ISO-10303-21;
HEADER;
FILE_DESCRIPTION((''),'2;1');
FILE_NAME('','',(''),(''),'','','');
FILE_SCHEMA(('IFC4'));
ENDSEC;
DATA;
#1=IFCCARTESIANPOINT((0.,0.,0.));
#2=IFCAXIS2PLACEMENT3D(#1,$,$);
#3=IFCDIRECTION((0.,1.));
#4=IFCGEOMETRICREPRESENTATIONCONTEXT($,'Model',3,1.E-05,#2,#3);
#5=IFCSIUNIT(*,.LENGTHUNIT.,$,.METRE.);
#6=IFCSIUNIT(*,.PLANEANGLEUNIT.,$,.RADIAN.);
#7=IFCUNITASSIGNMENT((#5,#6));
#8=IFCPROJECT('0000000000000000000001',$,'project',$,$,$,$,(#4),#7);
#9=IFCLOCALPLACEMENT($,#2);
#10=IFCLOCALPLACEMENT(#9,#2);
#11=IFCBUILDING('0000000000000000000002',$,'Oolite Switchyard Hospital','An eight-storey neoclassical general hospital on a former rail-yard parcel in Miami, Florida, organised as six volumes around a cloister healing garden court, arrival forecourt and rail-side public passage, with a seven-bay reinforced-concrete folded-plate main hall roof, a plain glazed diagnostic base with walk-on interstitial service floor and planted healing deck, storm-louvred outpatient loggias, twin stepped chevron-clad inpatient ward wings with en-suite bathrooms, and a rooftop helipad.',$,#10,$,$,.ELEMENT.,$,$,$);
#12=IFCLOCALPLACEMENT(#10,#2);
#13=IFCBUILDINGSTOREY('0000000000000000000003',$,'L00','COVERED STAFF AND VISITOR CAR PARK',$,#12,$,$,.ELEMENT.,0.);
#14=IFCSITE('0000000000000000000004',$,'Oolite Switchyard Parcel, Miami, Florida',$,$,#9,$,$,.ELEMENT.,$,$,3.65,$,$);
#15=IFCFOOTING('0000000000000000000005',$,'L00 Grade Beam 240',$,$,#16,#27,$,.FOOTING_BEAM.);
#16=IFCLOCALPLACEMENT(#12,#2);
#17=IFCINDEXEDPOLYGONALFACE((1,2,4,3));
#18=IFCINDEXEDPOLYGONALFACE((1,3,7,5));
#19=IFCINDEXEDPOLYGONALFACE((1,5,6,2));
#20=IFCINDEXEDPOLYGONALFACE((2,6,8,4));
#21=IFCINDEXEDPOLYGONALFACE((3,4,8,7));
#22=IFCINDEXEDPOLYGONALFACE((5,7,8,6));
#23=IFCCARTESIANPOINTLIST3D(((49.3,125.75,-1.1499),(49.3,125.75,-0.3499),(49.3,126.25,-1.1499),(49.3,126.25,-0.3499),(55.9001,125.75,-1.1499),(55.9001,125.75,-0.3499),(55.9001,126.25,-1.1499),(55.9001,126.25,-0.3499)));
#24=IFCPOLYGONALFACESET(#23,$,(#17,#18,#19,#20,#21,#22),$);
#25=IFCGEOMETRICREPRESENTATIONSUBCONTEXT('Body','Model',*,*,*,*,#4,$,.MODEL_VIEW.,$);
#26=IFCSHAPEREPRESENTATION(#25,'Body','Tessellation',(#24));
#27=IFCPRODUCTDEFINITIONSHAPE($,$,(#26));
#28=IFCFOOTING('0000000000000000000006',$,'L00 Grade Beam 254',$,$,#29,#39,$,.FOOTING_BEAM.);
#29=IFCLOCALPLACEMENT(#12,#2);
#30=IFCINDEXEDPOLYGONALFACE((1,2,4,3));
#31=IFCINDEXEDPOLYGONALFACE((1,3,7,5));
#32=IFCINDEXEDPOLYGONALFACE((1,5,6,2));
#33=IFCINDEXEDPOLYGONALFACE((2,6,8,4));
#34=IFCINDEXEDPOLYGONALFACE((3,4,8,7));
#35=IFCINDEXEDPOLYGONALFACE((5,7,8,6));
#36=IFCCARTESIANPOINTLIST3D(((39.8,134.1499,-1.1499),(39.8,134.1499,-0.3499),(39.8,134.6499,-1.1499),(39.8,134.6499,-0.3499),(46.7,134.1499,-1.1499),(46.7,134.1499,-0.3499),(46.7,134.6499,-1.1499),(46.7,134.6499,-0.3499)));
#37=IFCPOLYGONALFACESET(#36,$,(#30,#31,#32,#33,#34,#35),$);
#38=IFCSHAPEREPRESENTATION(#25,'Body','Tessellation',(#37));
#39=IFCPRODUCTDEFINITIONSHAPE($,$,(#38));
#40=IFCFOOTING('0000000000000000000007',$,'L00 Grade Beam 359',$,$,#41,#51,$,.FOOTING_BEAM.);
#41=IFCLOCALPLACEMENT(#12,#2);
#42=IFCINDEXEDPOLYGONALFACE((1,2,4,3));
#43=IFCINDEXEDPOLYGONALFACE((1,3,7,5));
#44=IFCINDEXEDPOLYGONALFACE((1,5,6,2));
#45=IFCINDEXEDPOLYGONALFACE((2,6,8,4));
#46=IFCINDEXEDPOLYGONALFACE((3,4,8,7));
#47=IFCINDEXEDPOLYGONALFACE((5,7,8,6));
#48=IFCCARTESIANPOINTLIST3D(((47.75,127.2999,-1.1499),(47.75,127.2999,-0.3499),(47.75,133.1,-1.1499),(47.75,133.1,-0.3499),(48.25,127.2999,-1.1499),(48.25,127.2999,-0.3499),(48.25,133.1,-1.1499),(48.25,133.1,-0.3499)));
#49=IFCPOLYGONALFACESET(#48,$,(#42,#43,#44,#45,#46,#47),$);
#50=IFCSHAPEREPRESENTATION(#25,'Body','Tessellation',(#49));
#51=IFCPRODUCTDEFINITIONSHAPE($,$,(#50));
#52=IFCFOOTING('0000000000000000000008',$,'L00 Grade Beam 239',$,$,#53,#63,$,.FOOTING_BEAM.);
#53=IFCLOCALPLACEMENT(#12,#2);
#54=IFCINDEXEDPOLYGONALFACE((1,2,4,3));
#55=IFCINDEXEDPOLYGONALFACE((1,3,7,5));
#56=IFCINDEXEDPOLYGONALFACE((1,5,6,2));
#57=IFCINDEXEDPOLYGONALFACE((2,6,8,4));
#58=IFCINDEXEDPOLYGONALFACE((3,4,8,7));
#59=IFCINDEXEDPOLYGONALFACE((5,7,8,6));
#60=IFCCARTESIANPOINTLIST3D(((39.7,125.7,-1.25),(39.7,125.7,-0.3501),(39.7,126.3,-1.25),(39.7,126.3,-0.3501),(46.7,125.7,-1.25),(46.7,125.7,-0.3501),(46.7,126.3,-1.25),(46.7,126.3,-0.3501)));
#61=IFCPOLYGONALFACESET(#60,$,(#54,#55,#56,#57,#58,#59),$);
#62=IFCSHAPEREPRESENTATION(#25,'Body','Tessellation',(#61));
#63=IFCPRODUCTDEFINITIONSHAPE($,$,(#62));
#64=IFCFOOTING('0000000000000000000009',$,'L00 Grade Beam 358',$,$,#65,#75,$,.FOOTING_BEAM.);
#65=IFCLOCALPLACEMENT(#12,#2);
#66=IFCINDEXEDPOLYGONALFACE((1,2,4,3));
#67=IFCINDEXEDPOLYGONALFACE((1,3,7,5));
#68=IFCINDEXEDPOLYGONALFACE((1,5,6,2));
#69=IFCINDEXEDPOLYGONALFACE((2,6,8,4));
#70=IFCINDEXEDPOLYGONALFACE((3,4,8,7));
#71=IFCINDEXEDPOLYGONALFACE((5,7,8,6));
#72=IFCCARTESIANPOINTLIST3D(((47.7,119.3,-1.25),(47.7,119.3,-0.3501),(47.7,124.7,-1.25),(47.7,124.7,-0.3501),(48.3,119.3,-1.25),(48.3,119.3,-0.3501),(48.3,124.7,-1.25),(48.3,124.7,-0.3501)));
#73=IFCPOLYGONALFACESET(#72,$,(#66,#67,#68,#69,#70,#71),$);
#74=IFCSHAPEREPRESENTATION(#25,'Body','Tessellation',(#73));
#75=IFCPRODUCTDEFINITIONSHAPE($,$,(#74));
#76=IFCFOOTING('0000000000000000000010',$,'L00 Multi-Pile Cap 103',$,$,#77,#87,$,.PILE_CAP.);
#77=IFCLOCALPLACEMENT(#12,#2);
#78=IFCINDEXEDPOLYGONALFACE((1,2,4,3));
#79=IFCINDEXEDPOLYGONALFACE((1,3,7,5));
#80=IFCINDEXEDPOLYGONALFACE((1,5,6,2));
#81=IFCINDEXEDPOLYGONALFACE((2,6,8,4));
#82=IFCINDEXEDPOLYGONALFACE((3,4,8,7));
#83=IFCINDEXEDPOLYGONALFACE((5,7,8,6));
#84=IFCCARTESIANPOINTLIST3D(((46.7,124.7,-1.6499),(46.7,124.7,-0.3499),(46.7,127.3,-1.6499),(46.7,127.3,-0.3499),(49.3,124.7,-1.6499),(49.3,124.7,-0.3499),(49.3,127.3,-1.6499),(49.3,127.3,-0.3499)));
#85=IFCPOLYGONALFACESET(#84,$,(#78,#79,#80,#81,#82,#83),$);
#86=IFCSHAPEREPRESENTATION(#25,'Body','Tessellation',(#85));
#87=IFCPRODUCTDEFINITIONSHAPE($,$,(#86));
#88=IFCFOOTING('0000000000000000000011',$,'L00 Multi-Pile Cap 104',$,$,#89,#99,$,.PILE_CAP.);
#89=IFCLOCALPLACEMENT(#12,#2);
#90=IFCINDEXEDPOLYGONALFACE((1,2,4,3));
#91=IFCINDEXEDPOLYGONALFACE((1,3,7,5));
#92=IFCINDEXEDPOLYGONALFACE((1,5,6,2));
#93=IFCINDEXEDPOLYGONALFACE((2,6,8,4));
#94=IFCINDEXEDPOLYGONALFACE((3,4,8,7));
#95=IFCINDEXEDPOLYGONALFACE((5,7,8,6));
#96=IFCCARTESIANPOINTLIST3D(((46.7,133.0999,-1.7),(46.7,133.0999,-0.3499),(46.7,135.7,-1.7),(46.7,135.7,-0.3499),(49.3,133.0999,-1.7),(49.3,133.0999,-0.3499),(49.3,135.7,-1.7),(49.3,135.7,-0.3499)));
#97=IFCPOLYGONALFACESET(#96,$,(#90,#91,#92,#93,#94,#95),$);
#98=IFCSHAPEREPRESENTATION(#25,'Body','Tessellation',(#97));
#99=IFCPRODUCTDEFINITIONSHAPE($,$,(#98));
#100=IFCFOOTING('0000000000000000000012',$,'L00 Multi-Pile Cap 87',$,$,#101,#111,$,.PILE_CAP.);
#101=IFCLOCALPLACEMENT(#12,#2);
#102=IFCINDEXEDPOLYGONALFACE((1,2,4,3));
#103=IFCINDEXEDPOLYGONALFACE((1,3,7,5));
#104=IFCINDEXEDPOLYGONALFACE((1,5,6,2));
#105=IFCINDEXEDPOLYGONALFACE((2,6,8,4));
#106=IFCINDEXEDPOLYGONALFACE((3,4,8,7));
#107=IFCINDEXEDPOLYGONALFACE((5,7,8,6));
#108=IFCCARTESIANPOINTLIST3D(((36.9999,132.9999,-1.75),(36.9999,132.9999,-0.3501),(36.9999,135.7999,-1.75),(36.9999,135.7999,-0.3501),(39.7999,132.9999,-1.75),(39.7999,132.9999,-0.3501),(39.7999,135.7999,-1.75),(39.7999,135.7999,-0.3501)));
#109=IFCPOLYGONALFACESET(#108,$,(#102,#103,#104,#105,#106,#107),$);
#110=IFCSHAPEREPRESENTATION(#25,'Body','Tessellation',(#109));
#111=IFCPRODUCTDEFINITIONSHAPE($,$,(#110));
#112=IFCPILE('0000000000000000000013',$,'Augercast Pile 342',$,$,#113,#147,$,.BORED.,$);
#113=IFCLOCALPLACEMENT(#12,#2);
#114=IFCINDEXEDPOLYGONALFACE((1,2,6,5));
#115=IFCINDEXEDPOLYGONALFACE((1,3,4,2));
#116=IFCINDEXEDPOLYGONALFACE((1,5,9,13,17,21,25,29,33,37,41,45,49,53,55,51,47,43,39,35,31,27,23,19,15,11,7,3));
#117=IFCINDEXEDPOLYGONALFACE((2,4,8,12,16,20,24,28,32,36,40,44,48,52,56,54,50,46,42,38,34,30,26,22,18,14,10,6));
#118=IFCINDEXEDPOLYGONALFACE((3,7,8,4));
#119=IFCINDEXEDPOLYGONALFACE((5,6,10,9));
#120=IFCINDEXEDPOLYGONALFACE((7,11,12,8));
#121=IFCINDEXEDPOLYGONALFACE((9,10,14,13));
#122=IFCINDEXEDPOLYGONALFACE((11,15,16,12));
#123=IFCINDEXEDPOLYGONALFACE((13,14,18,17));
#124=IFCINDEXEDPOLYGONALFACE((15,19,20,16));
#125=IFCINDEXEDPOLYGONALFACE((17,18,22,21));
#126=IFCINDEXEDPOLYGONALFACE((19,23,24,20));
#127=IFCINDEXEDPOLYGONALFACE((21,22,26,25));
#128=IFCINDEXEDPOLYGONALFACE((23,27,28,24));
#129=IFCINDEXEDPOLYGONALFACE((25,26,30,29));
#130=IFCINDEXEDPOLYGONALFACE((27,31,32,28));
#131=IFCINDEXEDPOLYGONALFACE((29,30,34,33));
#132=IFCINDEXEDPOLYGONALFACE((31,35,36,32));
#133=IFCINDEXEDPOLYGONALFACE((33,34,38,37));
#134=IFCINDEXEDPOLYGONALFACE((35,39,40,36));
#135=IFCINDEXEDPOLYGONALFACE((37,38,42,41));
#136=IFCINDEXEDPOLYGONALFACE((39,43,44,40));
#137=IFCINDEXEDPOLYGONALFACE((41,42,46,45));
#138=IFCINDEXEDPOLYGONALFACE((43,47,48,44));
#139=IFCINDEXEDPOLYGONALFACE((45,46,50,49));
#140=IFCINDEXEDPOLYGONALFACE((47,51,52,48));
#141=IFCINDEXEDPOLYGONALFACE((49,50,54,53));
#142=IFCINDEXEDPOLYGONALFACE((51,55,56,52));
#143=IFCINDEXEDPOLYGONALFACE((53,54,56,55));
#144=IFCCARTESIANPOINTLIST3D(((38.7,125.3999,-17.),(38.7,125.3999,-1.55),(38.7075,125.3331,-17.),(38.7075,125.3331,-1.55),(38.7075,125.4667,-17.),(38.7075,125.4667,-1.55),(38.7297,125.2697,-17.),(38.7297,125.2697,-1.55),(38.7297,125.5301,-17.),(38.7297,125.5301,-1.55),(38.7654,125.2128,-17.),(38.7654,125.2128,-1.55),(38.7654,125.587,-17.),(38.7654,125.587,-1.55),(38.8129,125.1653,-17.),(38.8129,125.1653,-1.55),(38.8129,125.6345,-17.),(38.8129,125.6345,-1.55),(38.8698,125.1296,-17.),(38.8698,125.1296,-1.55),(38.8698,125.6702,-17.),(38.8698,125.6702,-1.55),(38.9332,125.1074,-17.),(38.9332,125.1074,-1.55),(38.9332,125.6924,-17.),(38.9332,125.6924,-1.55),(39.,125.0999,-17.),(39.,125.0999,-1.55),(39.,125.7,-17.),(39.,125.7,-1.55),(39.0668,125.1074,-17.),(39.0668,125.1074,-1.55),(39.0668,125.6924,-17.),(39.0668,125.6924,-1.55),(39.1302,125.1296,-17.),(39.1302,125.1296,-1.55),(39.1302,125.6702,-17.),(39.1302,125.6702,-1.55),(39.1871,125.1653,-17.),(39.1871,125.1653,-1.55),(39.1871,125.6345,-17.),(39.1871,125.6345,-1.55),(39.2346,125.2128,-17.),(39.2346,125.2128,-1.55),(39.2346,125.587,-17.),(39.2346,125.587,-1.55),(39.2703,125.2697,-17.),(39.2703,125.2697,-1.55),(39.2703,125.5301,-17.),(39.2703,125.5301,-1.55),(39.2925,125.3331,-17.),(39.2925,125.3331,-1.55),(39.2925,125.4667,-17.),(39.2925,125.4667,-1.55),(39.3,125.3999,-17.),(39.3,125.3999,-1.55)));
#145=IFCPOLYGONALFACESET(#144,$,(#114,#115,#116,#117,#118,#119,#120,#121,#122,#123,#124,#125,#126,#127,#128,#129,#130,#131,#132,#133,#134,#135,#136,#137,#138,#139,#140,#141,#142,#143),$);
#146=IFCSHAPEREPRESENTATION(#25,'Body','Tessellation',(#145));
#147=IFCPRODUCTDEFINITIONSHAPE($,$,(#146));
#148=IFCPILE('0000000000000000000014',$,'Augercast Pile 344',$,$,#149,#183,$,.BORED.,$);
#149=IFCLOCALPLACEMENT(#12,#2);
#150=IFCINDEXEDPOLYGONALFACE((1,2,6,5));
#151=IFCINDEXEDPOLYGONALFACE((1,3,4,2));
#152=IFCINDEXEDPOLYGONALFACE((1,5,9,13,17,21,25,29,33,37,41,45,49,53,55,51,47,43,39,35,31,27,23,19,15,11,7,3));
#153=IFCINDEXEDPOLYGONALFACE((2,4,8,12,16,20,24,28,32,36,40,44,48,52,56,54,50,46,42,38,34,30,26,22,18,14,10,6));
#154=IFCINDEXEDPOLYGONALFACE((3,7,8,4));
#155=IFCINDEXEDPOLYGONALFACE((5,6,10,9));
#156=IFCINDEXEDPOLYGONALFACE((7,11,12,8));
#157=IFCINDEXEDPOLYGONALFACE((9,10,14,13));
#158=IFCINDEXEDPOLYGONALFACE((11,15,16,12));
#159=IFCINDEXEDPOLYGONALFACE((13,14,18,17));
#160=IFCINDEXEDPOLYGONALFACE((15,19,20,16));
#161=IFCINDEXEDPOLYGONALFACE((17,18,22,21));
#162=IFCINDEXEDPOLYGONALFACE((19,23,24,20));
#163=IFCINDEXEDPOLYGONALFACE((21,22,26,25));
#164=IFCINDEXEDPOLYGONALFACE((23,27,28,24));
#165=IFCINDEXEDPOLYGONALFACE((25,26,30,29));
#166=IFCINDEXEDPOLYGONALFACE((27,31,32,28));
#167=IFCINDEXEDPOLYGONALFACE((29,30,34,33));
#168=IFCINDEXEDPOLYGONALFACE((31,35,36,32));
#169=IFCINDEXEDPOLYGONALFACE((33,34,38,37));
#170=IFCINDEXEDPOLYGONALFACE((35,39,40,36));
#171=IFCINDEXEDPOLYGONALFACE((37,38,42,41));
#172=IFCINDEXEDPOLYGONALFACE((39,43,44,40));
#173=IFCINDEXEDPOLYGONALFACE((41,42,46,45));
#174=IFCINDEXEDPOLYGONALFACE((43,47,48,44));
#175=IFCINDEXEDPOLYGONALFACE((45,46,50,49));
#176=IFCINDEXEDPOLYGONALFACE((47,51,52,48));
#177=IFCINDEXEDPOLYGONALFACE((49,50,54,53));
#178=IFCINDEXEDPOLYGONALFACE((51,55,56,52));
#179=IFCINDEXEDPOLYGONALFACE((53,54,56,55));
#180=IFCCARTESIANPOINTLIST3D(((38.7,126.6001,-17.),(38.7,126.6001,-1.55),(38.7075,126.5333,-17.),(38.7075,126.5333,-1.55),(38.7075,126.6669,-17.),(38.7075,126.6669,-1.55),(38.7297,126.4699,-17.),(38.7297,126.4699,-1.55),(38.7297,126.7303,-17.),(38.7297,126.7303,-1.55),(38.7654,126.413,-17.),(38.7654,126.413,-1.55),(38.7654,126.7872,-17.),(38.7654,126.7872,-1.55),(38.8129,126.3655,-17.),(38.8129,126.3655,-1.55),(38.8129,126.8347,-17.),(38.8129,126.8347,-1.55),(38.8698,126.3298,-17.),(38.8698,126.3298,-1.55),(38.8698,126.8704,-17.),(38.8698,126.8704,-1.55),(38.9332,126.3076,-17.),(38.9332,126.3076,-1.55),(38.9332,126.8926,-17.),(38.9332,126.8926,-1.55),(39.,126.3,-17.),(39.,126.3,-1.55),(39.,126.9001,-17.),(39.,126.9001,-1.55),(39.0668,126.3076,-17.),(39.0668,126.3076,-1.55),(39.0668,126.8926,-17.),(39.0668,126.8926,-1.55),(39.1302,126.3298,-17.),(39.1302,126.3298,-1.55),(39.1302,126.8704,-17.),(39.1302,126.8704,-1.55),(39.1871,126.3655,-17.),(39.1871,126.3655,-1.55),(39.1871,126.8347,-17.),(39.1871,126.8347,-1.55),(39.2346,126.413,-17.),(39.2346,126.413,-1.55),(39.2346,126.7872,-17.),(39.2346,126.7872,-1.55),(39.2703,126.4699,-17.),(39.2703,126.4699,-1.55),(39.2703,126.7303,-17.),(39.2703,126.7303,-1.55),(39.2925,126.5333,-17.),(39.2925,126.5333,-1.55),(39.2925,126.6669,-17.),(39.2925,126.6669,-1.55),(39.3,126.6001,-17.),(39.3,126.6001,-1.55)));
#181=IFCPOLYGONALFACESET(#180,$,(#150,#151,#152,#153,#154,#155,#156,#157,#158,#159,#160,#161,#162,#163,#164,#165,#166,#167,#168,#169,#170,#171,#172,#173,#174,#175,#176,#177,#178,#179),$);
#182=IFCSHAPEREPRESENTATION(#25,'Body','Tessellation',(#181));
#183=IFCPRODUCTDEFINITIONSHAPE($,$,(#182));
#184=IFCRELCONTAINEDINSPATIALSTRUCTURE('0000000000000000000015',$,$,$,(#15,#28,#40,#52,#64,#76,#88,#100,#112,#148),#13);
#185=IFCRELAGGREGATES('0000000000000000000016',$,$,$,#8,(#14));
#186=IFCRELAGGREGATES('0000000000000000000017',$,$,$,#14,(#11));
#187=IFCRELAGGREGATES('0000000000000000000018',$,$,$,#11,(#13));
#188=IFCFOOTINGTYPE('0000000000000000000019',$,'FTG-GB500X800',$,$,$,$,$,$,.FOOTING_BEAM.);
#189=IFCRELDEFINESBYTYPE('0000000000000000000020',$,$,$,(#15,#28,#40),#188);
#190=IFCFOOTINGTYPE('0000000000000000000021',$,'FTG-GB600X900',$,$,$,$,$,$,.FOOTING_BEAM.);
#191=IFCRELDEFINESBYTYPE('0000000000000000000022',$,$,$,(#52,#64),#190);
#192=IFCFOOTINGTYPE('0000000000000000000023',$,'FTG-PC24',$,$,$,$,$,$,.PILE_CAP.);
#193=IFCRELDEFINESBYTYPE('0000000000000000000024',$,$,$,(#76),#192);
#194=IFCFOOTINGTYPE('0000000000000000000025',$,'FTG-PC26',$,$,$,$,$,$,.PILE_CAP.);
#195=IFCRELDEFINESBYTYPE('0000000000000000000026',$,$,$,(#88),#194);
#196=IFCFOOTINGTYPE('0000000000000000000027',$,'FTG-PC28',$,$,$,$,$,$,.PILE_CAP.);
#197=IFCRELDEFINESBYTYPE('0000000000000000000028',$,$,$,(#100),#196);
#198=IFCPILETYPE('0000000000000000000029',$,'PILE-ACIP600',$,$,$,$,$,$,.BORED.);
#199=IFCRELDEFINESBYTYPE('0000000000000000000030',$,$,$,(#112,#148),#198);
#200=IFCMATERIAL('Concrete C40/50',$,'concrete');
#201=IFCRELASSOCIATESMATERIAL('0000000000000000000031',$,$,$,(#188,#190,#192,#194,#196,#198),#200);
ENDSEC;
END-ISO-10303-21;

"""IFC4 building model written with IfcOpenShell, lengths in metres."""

from ifc_helpers import new_model, si_unit, direction, frame, origin, origin_2d, place, context, subcontext, project, spatial, rectangle, circle, extrude, material, material_profile, profile_set, type_object, element, save


model = new_model("IFC4")

# Units and contexts
model_context = context("Model", 3, precision=1e-05, world=origin(), true_north=direction((0.0, 1.0)))
body_context = subcontext(model_context, "Body", "Model", "MODEL_VIEW")
ifc_project = project(units=[si_unit("LENGTHUNIT", "METRE"), si_unit("PLANEANGLEUNIT", "RADIAN")], contexts=[model_context])

# Site, building, storey
site_placement = place(None, origin())
site = spatial("IfcSite", under=ifc_project, at=site_placement, Name="Oolite Switchyard Parcel, Miami, Florida", CompositionType="ELEMENT", RefElevation=3.65)
building_placement = place(site_placement, origin())
building = spatial("IfcBuilding", under=site, at=building_placement, Name="Oolite Switchyard Hospital", Description="An eight-storey neoclassical general hospital on a former rail-yard parcel in Miami, Florida, organised as six volumes around a cloister healing garden court, arrival forecourt and rail-side public passage, with a seven-bay reinforced-concrete folded-plate main hall roof, a plain glazed diagnostic base with walk-on interstitial service floor and planted healing deck, storm-louvred outpatient loggias, twin stepped chevron-clad inpatient ward wings with en-suite bathrooms, and a rooftop helipad.", CompositionType="ELEMENT")
storey_placement = place(building_placement, origin())
storey = spatial("IfcBuildingStorey", under=building, at=storey_placement, Name="L00", Description="COVERED STAFF AND VISITOR CAR PARK", CompositionType="ELEMENT", Elevation=0.0)

# Footings
ifc_material_1 = material(Name="Concrete C40/50", Category="concrete")
footing_type_1 = type_object("IfcFootingType", Name="FTG-GB500X800", PredefinedType="FOOTING_BEAM", material=ifc_material_1)
footing_1_placement = place(storey_placement, frame((52.6001, 126.0, -1.1499), z_axis=(0.0, 0.0, 1.0), x_axis=(1.0, 0.0, 0.0)))
element("IfcFooting", 1, at=footing_1_placement, inside=storey, type_object=footing_type_1, Name="L00 Grade Beam 240", PredefinedType="FOOTING_BEAM", context=body_context, shape_type="SweptSolid", body=[
    extrude(rectangle(XDim=6.6001, YDim=0.5, at=origin_2d()), origin(), (0.0, 0.0, 1.0), 0.8),
])
footing_2_placement = place(storey_placement, frame((43.25, 134.3999, -1.1499), z_axis=(0.0, 0.0, 1.0), x_axis=(1.0, 0.0, 0.0)))
element("IfcFooting", 2, at=footing_2_placement, inside=storey, type_object=footing_type_1, Name="L00 Grade Beam 254", PredefinedType="FOOTING_BEAM", context=body_context, shape_type="SweptSolid", body=[
    extrude(rectangle(XDim=6.8999, YDim=0.5, at=origin_2d()), origin(), (0.0, 0.0, 1.0), 0.8),
])
footing_3_placement = place(storey_placement, frame((48.0, 130.2, -1.1499), z_axis=(0.0, 0.0, 1.0), x_axis=(0.0, 1.0, 0.0)))
element("IfcFooting", 3, at=footing_3_placement, inside=storey, type_object=footing_type_1, Name="L00 Grade Beam 359", PredefinedType="FOOTING_BEAM", context=body_context, shape_type="SweptSolid", body=[
    extrude(rectangle(XDim=5.8, YDim=0.5, at=origin_2d()), origin(), (0.0, 0.0, 1.0), 0.8),
])
footing_type_2 = type_object("IfcFootingType", Name="FTG-GB600X900", PredefinedType="FOOTING_BEAM", material=ifc_material_1)
footing_4_placement = place(storey_placement, frame((43.2, 126.0, -1.25), z_axis=(0.0, 0.0, 1.0), x_axis=(1.0, 0.0, 0.0)))
element("IfcFooting", 4, at=footing_4_placement, inside=storey, type_object=footing_type_2, Name="L00 Grade Beam 239", PredefinedType="FOOTING_BEAM", context=body_context, shape_type="SweptSolid", body=[
    extrude(rectangle(XDim=7.0, YDim=0.6001, at=origin_2d()), origin(), (0.0, 0.0, 1.0), 0.8999),
])
footing_5_placement = place(storey_placement, frame((48.0, 122.0, -1.25), z_axis=(0.0, 0.0, 1.0), x_axis=(0.0, 1.0, 0.0)))
element("IfcFooting", 5, at=footing_5_placement, inside=storey, type_object=footing_type_2, Name="L00 Grade Beam 358", PredefinedType="FOOTING_BEAM", context=body_context, shape_type="SweptSolid", body=[
    extrude(rectangle(XDim=5.3999, YDim=0.6001, at=origin_2d()), origin(), (0.0, 0.0, 1.0), 0.8999),
])
footing_type_3 = type_object("IfcFootingType", Name="FTG-PC24", PredefinedType="PILE_CAP", material=ifc_material_1)
footing_6_placement = place(storey_placement, frame((48.0, 126.0, -1.6499), z_axis=(0.0, 0.0, 1.0), x_axis=(1.0, 0.0, 0.0)))
element("IfcFooting", 6, at=footing_6_placement, inside=storey, type_object=footing_type_3, Name="L00 Multi-Pile Cap 103", PredefinedType="PILE_CAP", context=body_context, shape_type="SweptSolid", body=[
    extrude(rectangle(XDim=2.6001, YDim=2.6001, at=origin_2d()), origin(), (0.0, 0.0, 1.0), 1.3),
])
footing_type_4 = type_object("IfcFootingType", Name="FTG-PC26", PredefinedType="PILE_CAP", material=ifc_material_1)
footing_7_placement = place(storey_placement, frame((48.0, 134.3999, -1.7), z_axis=(0.0, 0.0, 1.0), x_axis=(1.0, 0.0, 0.0)))
element("IfcFooting", 7, at=footing_7_placement, inside=storey, type_object=footing_type_4, Name="L00 Multi-Pile Cap 104", PredefinedType="PILE_CAP", context=body_context, shape_type="SweptSolid", body=[
    extrude(rectangle(XDim=2.6001, YDim=2.6001, at=origin_2d()), origin(), (0.0, 0.0, 1.0), 1.3501),
])
footing_type_5 = type_object("IfcFootingType", Name="FTG-PC28", PredefinedType="PILE_CAP", material=ifc_material_1)
footing_8_placement = place(storey_placement, frame((38.3999, 134.3999, -1.75), z_axis=(0.0, 0.0, 1.0), x_axis=(1.0, 0.0, 0.0)))
element("IfcFooting", 8, at=footing_8_placement, inside=storey, type_object=footing_type_5, Name="L00 Multi-Pile Cap 87", PredefinedType="PILE_CAP", context=body_context, shape_type="SweptSolid", body=[
    extrude(rectangle(XDim=2.8, YDim=2.8, at=origin_2d()), origin(), (0.0, 0.0, 1.0), 1.3999),
])

# Piles
ifc_material_profile_1 = material_profile(ifc_material_1, circle(Radius=0.3, at=origin_2d()), Name="PILE600")
ifc_profile_set_1 = profile_set([ifc_material_profile_1], Name="Concrete C40/50")
pile_type = type_object("IfcPileType", Name="PILE-ACIP600", PredefinedType="BORED", material=ifc_profile_set_1)
for number, where, z_axis, x_axis, name in (
    (9, (39.0, 125.3999, -1.55), (0.0, 0.0, -1.0), (1.0, 0.0, 0.0), "Augercast Pile 342"),
    (10, (39.0, 126.6001, -1.55), (0.0, 0.0, -1.0), (1.0, 0.0, 0.0), "Augercast Pile 344"),
):
    element("IfcPile", number, at=place(storey_placement, frame(where, z_axis=z_axis, x_axis=x_axis)), inside=storey, type_object=pile_type, Name=name, PredefinedType="BORED", context=body_context, shape_type="SweptSolid", body=[
        extrude(circle(Radius=0.3, at=origin_2d()), origin(), (0.0, 0.0, 1.0), 15.45),
    ])

save(model, "model.ifc")
